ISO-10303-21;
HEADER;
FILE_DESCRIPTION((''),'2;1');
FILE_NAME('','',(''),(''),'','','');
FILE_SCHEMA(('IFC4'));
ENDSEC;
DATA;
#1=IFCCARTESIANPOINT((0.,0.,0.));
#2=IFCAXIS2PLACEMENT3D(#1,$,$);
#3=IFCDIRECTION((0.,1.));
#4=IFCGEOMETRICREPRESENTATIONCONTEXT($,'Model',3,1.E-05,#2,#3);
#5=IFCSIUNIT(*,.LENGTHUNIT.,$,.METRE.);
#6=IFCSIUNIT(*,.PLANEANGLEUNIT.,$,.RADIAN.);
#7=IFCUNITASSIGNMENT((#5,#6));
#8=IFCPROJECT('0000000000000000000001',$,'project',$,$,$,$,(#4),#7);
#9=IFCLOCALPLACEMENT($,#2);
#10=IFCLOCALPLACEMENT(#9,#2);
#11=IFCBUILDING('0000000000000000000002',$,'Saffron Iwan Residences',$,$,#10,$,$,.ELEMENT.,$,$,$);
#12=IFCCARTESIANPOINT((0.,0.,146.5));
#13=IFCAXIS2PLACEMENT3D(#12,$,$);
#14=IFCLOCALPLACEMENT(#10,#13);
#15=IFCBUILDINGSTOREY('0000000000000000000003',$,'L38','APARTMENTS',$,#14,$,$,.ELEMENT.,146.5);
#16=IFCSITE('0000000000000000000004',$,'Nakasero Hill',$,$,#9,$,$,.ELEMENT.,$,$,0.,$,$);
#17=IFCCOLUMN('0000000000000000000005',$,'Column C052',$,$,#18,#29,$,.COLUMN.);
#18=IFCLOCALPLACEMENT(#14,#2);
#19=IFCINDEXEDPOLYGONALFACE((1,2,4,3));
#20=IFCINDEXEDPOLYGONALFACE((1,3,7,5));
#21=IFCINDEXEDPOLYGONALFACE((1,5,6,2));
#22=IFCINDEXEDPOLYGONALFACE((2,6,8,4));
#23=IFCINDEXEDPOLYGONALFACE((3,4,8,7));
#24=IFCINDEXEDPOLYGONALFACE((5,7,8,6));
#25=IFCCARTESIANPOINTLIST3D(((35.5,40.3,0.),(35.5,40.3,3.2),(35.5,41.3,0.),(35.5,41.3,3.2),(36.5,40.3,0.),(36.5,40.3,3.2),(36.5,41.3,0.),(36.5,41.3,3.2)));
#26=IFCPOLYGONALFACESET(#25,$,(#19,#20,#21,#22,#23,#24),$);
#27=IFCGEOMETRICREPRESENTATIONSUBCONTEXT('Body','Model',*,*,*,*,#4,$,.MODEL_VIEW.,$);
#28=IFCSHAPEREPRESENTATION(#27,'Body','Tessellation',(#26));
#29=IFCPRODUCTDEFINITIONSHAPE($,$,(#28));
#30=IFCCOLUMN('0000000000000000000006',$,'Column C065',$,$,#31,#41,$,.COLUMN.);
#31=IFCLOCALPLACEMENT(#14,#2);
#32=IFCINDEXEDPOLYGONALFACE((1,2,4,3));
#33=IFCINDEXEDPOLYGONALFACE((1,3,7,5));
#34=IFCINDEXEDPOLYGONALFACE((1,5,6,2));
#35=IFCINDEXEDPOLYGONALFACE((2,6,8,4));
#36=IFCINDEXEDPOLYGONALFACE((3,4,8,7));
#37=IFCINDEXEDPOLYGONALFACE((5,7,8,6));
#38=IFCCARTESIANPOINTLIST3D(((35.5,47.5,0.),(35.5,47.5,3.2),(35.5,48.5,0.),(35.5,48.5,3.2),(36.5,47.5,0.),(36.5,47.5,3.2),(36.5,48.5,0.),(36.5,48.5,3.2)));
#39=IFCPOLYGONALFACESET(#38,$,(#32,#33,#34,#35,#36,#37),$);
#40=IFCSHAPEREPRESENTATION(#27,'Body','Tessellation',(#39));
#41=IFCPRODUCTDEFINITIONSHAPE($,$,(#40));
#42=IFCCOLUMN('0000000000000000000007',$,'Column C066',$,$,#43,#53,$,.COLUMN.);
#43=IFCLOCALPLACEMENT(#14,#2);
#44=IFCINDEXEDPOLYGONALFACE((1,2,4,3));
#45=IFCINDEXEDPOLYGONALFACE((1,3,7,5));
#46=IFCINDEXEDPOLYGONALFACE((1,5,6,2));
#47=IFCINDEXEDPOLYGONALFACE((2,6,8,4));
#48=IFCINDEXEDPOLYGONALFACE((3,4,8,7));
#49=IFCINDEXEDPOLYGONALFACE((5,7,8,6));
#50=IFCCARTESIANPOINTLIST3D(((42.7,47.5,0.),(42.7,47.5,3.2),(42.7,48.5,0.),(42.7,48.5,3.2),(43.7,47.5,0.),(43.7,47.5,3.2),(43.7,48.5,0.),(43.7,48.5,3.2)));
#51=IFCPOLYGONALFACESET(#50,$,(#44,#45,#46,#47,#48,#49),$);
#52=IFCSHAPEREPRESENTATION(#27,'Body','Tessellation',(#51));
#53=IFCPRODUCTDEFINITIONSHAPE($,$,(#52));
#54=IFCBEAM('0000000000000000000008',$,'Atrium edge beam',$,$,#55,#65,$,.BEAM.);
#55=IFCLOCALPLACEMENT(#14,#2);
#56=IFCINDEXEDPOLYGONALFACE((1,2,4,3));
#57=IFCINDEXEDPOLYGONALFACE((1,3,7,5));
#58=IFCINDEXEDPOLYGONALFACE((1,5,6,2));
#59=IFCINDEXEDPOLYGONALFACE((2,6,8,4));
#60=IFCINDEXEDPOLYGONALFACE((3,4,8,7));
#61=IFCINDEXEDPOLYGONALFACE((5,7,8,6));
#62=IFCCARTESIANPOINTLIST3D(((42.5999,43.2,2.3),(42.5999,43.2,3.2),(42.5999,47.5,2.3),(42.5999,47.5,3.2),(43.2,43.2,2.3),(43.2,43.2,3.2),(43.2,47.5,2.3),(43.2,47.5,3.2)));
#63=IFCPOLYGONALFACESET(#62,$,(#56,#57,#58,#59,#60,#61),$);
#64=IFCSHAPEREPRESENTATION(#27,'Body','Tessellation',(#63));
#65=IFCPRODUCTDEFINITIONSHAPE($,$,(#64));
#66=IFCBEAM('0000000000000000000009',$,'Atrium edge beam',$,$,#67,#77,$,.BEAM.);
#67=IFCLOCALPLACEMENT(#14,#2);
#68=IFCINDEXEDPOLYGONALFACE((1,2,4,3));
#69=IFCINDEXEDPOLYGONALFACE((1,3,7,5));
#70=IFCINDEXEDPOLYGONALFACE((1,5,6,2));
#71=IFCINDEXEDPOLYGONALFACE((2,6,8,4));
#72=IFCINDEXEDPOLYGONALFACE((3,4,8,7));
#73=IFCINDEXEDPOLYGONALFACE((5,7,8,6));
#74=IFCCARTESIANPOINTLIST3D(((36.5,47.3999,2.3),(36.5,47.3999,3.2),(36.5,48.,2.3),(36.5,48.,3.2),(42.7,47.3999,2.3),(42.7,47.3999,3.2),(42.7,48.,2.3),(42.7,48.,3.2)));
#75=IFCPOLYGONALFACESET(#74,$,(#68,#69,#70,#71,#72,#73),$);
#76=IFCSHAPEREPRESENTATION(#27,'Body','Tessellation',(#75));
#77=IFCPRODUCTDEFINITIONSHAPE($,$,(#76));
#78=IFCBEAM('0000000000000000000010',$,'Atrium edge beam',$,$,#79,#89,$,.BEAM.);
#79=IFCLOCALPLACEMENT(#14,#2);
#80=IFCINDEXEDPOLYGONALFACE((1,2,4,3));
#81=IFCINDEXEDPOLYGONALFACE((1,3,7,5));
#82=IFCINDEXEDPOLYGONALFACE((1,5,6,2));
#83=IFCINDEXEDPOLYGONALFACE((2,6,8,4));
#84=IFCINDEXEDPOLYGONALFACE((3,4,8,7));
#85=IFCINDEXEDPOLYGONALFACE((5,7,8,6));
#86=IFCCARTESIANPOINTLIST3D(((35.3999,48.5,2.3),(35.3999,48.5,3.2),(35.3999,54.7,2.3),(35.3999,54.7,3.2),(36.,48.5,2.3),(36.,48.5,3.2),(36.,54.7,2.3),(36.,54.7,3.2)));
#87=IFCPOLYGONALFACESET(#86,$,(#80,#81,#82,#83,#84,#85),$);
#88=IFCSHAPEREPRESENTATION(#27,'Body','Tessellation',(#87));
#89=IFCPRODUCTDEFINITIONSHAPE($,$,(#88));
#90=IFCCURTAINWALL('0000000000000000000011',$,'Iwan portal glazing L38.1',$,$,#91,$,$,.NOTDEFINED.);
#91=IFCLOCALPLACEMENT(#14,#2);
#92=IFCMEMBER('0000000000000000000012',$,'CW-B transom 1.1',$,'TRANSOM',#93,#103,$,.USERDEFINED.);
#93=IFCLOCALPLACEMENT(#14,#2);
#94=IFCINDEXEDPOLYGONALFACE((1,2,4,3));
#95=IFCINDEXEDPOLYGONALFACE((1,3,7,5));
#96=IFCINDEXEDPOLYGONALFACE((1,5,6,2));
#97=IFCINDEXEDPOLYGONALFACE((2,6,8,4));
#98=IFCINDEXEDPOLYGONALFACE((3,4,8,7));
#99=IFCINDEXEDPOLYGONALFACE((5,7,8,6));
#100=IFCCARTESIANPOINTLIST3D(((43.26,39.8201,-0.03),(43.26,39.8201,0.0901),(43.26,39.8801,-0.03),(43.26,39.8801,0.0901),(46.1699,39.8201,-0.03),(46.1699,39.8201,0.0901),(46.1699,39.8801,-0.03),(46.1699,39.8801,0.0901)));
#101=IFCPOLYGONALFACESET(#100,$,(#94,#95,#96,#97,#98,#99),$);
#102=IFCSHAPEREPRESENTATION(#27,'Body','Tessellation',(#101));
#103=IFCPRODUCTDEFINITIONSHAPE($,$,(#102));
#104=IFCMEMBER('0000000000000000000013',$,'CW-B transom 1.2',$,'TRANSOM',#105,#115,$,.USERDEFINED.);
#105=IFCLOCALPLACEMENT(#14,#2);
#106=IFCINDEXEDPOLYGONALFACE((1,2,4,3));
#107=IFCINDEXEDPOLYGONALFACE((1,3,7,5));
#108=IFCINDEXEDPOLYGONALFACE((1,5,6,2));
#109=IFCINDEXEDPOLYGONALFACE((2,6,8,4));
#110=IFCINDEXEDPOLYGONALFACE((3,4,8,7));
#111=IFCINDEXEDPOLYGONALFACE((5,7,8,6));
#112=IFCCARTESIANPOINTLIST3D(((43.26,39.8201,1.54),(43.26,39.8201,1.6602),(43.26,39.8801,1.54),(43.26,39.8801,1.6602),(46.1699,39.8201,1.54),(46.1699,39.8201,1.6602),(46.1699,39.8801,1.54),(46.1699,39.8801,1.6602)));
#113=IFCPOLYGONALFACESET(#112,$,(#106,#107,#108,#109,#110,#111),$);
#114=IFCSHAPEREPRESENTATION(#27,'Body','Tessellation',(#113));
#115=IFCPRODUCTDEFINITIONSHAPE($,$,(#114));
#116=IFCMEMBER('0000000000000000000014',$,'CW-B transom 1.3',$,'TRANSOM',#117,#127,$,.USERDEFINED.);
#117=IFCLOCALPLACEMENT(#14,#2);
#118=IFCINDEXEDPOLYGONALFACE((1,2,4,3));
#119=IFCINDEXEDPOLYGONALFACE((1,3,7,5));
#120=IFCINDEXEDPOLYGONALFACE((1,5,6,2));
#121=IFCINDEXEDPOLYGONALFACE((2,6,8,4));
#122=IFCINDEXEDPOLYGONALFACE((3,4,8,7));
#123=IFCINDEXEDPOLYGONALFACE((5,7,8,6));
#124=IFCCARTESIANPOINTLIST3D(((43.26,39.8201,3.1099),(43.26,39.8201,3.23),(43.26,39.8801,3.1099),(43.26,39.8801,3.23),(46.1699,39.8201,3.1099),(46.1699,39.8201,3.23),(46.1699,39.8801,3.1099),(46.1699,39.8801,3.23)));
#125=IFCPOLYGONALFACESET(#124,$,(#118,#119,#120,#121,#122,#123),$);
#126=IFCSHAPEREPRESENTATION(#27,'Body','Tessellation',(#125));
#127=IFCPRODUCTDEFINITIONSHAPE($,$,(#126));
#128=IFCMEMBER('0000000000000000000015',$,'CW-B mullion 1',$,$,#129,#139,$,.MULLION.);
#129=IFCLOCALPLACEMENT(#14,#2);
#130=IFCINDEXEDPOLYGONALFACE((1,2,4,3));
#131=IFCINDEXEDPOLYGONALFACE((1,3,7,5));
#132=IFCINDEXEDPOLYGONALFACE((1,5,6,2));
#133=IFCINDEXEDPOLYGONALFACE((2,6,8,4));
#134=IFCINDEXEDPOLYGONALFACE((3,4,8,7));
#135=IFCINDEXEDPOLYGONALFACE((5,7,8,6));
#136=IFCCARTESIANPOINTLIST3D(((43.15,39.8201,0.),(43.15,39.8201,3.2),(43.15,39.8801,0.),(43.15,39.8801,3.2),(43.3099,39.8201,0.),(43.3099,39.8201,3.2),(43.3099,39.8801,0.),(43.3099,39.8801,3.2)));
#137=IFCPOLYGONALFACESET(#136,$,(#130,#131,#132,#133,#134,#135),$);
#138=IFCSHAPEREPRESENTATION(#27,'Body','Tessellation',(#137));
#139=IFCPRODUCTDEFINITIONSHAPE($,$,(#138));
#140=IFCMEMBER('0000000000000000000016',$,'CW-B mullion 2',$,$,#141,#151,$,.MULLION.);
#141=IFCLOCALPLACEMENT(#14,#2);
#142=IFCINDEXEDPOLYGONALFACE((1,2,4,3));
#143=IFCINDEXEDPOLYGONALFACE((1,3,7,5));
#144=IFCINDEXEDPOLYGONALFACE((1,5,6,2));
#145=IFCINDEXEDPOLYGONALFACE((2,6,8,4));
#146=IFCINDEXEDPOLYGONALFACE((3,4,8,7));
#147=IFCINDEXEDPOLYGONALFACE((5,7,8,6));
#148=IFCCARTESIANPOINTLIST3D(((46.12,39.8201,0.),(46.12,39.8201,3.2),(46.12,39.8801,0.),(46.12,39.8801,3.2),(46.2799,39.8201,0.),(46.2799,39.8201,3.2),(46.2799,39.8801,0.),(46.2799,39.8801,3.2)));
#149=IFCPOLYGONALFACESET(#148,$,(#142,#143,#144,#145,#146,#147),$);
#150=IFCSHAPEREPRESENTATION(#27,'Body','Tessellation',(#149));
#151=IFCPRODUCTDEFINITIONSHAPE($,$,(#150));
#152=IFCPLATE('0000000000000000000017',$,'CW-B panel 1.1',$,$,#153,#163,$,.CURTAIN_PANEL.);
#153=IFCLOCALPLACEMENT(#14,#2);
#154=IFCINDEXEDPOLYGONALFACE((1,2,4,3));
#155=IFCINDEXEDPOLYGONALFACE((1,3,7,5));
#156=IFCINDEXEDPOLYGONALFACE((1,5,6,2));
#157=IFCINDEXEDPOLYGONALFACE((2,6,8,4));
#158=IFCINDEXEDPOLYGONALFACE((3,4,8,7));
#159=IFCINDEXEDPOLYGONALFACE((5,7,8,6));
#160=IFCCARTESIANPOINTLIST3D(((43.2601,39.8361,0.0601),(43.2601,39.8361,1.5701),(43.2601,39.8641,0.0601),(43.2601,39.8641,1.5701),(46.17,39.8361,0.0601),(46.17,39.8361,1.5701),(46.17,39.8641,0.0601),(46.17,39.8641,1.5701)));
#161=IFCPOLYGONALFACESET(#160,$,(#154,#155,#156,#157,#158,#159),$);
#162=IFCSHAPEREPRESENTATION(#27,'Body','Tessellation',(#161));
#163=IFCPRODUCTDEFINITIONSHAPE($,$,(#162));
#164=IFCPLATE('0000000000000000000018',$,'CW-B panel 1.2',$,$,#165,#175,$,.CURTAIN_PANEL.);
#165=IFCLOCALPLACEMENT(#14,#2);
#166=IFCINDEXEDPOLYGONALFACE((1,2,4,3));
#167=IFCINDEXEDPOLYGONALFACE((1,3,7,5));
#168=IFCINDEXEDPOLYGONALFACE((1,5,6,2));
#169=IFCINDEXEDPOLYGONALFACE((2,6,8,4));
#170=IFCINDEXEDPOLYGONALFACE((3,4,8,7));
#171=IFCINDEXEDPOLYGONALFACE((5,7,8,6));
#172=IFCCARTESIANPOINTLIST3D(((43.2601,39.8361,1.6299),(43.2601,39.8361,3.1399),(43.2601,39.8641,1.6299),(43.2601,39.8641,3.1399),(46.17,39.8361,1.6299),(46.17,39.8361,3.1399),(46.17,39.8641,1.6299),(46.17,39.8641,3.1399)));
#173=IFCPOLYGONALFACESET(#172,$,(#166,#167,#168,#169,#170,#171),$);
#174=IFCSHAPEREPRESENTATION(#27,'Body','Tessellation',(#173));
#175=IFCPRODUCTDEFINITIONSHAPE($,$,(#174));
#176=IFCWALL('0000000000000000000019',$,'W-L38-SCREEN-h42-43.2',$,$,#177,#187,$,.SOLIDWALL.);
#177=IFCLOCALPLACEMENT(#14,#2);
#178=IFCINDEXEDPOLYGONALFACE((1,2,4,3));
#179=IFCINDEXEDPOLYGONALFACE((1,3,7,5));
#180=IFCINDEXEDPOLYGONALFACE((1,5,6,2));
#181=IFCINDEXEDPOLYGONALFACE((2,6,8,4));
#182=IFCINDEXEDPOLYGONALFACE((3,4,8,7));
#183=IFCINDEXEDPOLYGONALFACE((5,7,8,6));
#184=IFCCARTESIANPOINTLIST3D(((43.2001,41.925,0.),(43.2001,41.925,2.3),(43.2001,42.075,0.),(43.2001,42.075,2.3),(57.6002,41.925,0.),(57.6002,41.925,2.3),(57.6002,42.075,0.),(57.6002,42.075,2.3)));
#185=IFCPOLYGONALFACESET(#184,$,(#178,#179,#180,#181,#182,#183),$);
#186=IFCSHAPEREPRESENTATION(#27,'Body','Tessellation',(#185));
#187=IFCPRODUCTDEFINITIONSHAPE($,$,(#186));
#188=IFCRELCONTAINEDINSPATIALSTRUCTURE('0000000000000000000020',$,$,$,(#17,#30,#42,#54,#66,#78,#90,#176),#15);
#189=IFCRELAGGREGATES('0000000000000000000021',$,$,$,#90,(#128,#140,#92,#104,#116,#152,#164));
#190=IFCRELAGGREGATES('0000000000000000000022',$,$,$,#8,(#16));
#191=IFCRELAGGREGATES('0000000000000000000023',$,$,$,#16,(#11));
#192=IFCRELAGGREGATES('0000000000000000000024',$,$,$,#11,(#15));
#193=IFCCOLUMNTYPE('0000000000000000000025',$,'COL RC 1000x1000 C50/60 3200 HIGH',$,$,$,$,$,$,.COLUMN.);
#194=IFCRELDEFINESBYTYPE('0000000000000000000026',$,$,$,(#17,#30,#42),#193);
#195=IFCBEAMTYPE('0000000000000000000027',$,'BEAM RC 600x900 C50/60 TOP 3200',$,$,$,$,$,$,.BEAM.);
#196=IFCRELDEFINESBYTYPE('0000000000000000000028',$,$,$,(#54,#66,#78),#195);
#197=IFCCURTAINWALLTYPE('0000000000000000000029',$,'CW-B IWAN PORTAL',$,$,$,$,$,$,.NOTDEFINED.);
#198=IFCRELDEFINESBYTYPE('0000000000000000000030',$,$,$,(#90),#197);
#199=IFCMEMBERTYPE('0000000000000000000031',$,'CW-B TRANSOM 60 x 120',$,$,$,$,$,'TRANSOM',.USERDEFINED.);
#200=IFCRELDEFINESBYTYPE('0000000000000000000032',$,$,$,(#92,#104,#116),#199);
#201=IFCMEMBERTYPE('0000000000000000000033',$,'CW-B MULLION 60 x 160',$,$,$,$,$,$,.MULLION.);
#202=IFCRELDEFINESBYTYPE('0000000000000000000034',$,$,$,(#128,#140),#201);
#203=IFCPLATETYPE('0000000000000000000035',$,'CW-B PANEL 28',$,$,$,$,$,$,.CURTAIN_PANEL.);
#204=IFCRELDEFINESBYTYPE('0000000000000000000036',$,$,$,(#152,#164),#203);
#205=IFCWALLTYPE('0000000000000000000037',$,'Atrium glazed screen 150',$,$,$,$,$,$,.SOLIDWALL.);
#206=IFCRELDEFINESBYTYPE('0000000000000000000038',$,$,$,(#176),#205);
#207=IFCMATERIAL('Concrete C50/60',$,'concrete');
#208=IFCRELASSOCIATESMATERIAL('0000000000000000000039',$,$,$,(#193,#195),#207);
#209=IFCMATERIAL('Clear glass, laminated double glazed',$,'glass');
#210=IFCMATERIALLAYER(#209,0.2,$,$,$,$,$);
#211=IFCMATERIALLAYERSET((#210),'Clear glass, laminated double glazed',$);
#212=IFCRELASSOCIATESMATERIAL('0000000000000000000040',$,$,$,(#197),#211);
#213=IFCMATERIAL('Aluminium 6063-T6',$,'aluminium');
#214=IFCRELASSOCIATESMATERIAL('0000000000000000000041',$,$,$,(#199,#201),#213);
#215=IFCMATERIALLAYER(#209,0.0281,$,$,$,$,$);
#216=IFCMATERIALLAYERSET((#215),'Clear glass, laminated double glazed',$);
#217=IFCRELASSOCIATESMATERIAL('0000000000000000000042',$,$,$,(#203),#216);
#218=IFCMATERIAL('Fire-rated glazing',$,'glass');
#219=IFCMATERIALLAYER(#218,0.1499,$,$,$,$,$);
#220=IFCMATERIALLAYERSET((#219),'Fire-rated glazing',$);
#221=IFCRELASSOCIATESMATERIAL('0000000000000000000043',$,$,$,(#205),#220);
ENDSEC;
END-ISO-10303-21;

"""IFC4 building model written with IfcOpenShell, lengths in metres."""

from ifc_helpers import new_model, si_unit, direction, frame, frame_2d, origin, origin_2d, place, context, subcontext, project, spatial, rectangle, extrude, source, transform, mapped, material, layer, layer_set, material_profile, profile_set, type_object, element, aggregate, save


model = new_model("IFC4")

# Units and contexts
model_context = context("Model", 3, precision=1e-05, world=origin(), true_north=direction((0.0, 1.0)))
body_context = subcontext(model_context, "Body", "Model", "MODEL_VIEW")
ifc_project = project(units=[si_unit("LENGTHUNIT", "METRE"), si_unit("PLANEANGLEUNIT", "RADIAN")], contexts=[model_context])

# Site, building, storey
site_placement = place(None, origin())
site = spatial("IfcSite", under=ifc_project, at=site_placement, Name="Nakasero Hill", CompositionType="ELEMENT", RefElevation=0.0)
building_placement = place(site_placement, origin())
building = spatial("IfcBuilding", under=site, at=building_placement, Name="Saffron Iwan Residences", CompositionType="ELEMENT")
storey_placement = place(building_placement, frame((0.0, 0.0, 146.5)))
storey = spatial("IfcBuildingStorey", under=building, at=storey_placement, Name="L38", Description="APARTMENTS", CompositionType="ELEMENT", Elevation=146.5)

# Columns
ifc_material_1 = material(Name="Concrete C50/60", Category="concrete")
ifc_material_profile_1 = material_profile(ifc_material_1, rectangle(XDim=1.0, YDim=1.0, at=origin_2d()), Name="RC 1000x1000")
ifc_profile_set_1 = profile_set([ifc_material_profile_1], Name="Concrete C50/60")
column_type = type_object("IfcColumnType", Name="COL RC 1000x1000 C50/60 3200 HIGH", PredefinedType="COLUMN", material=ifc_profile_set_1)
shared_shape_1 = source(origin(), body_context, "Body", "SweptSolid", [
    extrude(rectangle(XDim=1.0, YDim=1.0, at=origin_2d()), origin(), (0.0, 0.0, 1.0), 3.2),
])
for number, where, z_axis, x_axis, name in (
    (1, (36.0, 40.8, 0.0), (0.0, 0.0, 1.0), (1.0, 0.0, 0.0), "Column C052"),
    (2, (36.0, 48.0, 0.0), (0.0, 0.0, 1.0), (1.0, 0.0, 0.0), "Column C065"),
    (3, (43.2, 48.0, 0.0), (0.0, 0.0, 1.0), (1.0, 0.0, 0.0), "Column C066"),
):
    element("IfcColumn", number, at=place(storey_placement, frame(where, z_axis=z_axis, x_axis=x_axis)), inside=storey, type_object=column_type, Name=name, PredefinedType="COLUMN", context=body_context, shape_type="MappedRepresentation", body=[
        mapped(shared_shape_1, transform((0.0, 0.0, 0.0))),
    ])

# Beams
ifc_material_profile_2 = material_profile(ifc_material_1, rectangle(XDim=0.6001, YDim=0.8999, at=origin_2d()), Name="RC 600x900")
ifc_profile_set_2 = profile_set([ifc_material_profile_2], Name="Concrete C50/60")
beam_type = type_object("IfcBeamType", Name="BEAM RC 600x900 C50/60 TOP 3200", PredefinedType="BEAM", material=ifc_profile_set_2)
shared_shape_2 = source(origin(), body_context, "Body", "SweptSolid", [
    extrude(rectangle(XDim=0.6001, YDim=0.8999, at=origin_2d()), origin(), (0.0, 0.0, 1.0), 4.3),
])
beam_placement = place(storey_placement, frame((42.8999, 43.2, 2.75), z_axis=(0.0, 1.0, 0.0), x_axis=(-1.0, 0.0, 0.0)))
element("IfcBeam", 4, at=beam_placement, inside=storey, type_object=beam_type, Name="Atrium edge beam", PredefinedType="BEAM", context=body_context, shape_type="MappedRepresentation", body=[
    mapped(shared_shape_2, transform((0.0, 0.0, 0.0))),
])
shared_shape_3 = source(origin(), body_context, "Body", "SweptSolid", [
    extrude(rectangle(XDim=0.6001, YDim=0.8999, at=origin_2d()), origin(), (0.0, 0.0, 1.0), 6.2),
])
for number, where, z_axis, x_axis, name in (
    (5, (42.7, 47.7, 2.75), (-1.0, 0.0, 0.0), (0.0, -1.0, 0.0), "Atrium edge beam"),
    (6, (35.7, 48.5, 2.75), (0.0, 1.0, 0.0), (-1.0, 0.0, 0.0), "Atrium edge beam"),
):
    element("IfcBeam", number, at=place(storey_placement, frame(where, z_axis=z_axis, x_axis=x_axis)), inside=storey, type_object=beam_type, Name=name, PredefinedType="BEAM", context=body_context, shape_type="MappedRepresentation", body=[
        mapped(shared_shape_3, transform((0.0, 0.0, 0.0))),
    ])

# Curtain wall, members, plates
ifc_material_2 = material(Name="Clear glass, laminated double glazed", Category="glass")
ifc_layer_1 = layer(ifc_material_2, 0.2)
ifc_layer_set_1 = layer_set([ifc_layer_1], Name="Clear glass, laminated double glazed")
curtain_wall_type = type_object("IfcCurtainWallType", Name="CW-B IWAN PORTAL", PredefinedType="NOTDEFINED", material=ifc_layer_set_1)
curtain_wall_placement = place(storey_placement, origin())
curtain_wall = element("IfcCurtainWall", 7, at=curtain_wall_placement, inside=storey, type_object=curtain_wall_type, Name="Iwan portal glazing L38.1", PredefinedType="NOTDEFINED")
ifc_material_3 = material(Name="Aluminium 6063-T6", Category="aluminium")
ifc_material_profile_3 = material_profile(ifc_material_3, rectangle(XDim=0.0601, YDim=0.1201, at=origin_2d()), Name="CW-B TRANSOM 60 x 120")
ifc_profile_set_3 = profile_set([ifc_material_profile_3], Name="Aluminium 6063-T6")
member_type_1 = type_object("IfcMemberType", Name="CW-B TRANSOM 60 x 120", ElementType="TRANSOM", PredefinedType="USERDEFINED", material=ifc_profile_set_3)
shared_shape_4 = source(origin(), body_context, "Body", "SweptSolid", [
    extrude(rectangle(XDim=0.0601, YDim=0.1201, at=origin_2d()), origin(), (0.0, 0.0, 1.0), 2.9099),
])
member_1_placement = place(storey_placement, frame((43.26, 39.8501, 0.03), z_axis=(1.0, 0.0, 0.0), x_axis=(0.0, 1.0, 0.0)))
member_1 = element("IfcMember", 8, at=member_1_placement, type_object=member_type_1, Name="CW-B transom 1.1", ObjectType="TRANSOM", PredefinedType="USERDEFINED", context=body_context, shape_type="MappedRepresentation", body=[
    mapped(shared_shape_4, transform((0.0, 0.0, 0.0))),
])
member_2_placement = place(storey_placement, frame((43.26, 39.8501, 1.6001), z_axis=(1.0, 0.0, 0.0), x_axis=(0.0, 1.0, 0.0)))
member_2 = element("IfcMember", 9, at=member_2_placement, type_object=member_type_1, Name="CW-B transom 1.2", ObjectType="TRANSOM", PredefinedType="USERDEFINED", context=body_context, shape_type="MappedRepresentation", body=[
    mapped(shared_shape_4, transform((0.0, 0.0, 0.0))),
])
member_3_placement = place(storey_placement, frame((43.26, 39.8501, 3.1699), z_axis=(1.0, 0.0, 0.0), x_axis=(0.0, 1.0, 0.0)))
member_3 = element("IfcMember", 10, at=member_3_placement, type_object=member_type_1, Name="CW-B transom 1.3", ObjectType="TRANSOM", PredefinedType="USERDEFINED", context=body_context, shape_type="MappedRepresentation", body=[
    mapped(shared_shape_4, transform((0.0, 0.0, 0.0))),
])
ifc_material_profile_4 = material_profile(ifc_material_3, rectangle(XDim=0.0601, YDim=0.1599, at=origin_2d()), Name="CW-B MULLION 60 x 160")
ifc_profile_set_4 = profile_set([ifc_material_profile_4], Name="Aluminium 6063-T6")
member_type_2 = type_object("IfcMemberType", Name="CW-B MULLION 60 x 160", PredefinedType="MULLION", material=ifc_profile_set_4)
shared_shape_5 = source(origin(), body_context, "Body", "SweptSolid", [
    extrude(rectangle(XDim=0.0601, YDim=0.1599, at=origin_2d()), origin(), (0.0, 0.0, 1.0), 3.2),
])
member_4_placement = place(storey_placement, frame((43.23, 39.8501, 0.0), z_axis=(0.0, 0.0, 1.0), x_axis=(0.0, 1.0, 0.0)))
member_4 = element("IfcMember", 11, at=member_4_placement, type_object=member_type_2, Name="CW-B mullion 1", PredefinedType="MULLION", context=body_context, shape_type="MappedRepresentation", body=[
    mapped(shared_shape_5, transform((0.0, 0.0, 0.0))),
])
member_5_placement = place(storey_placement, frame((46.2, 39.8501, 0.0), z_axis=(0.0, 0.0, 1.0), x_axis=(0.0, 1.0, 0.0)))
member_5 = element("IfcMember", 12, at=member_5_placement, type_object=member_type_2, Name="CW-B mullion 2", PredefinedType="MULLION", context=body_context, shape_type="MappedRepresentation", body=[
    mapped(shared_shape_5, transform((0.0, 0.0, 0.0))),
])
ifc_layer_2 = layer(ifc_material_2, 0.0281)
ifc_layer_set_2 = layer_set([ifc_layer_2], Name="Clear glass, laminated double glazed")
plate_type = type_object("IfcPlateType", Name="CW-B PANEL 28", PredefinedType="CURTAIN_PANEL", material=ifc_layer_set_2)
shared_shape_6 = source(origin(), body_context, "Body", "SweptSolid", [
    extrude(rectangle(XDim=2.9099, YDim=0.0281, at=origin_2d()), origin(), (0.0, 0.0, 1.0), 1.51),
])
plate_1_placement = place(storey_placement, frame((44.7151, 39.8501, 0.0601), z_axis=(0.0, 0.0, 1.0), x_axis=(1.0, 0.0, 0.0)))
plate_1 = element("IfcPlate", 13, at=plate_1_placement, type_object=plate_type, Name="CW-B panel 1.1", PredefinedType="CURTAIN_PANEL", context=body_context, shape_type="MappedRepresentation", body=[
    mapped(shared_shape_6, transform((0.0, 0.0, 0.0))),
])
plate_2_placement = place(storey_placement, frame((44.7151, 39.8501, 1.6299), z_axis=(0.0, 0.0, 1.0), x_axis=(1.0, 0.0, 0.0)))
plate_2 = element("IfcPlate", 14, at=plate_2_placement, type_object=plate_type, Name="CW-B panel 1.2", PredefinedType="CURTAIN_PANEL", context=body_context, shape_type="MappedRepresentation", body=[
    mapped(shared_shape_6, transform((0.0, 0.0, 0.0))),
])
aggregate(curtain_wall, [member_4, member_5, member_1, member_2, member_3, plate_1, plate_2])

# Wall
ifc_material_4 = material(Name="Fire-rated glazing", Category="glass")
ifc_layer_3 = layer(ifc_material_4, 0.1499)
ifc_layer_set_3 = layer_set([ifc_layer_3], Name="Fire-rated glazing")
wall_type_1 = type_object("IfcWallType", Name="Atrium glazed screen 150", PredefinedType="SOLIDWALL", material=ifc_layer_set_3)
wall_1_placement = place(storey_placement, frame((43.2, 42.0, 0.0), z_axis=(0.0, 0.0, 1.0), x_axis=(1.0, 0.0, 0.0)))
element("IfcWall", 15, at=wall_1_placement, inside=storey, type_object=wall_type_1, Name="W-L38-SCREEN-h42-43.2", PredefinedType="SOLIDWALL", context=body_context, shape_type="SweptSolid", body=[
    extrude(rectangle(XDim=14.4001, YDim=0.1499, at=frame_2d((7.2002, 0.0))), origin(), (0.0, 0.0, 1.0), 2.3),
])

save(model, "model.ifc")
